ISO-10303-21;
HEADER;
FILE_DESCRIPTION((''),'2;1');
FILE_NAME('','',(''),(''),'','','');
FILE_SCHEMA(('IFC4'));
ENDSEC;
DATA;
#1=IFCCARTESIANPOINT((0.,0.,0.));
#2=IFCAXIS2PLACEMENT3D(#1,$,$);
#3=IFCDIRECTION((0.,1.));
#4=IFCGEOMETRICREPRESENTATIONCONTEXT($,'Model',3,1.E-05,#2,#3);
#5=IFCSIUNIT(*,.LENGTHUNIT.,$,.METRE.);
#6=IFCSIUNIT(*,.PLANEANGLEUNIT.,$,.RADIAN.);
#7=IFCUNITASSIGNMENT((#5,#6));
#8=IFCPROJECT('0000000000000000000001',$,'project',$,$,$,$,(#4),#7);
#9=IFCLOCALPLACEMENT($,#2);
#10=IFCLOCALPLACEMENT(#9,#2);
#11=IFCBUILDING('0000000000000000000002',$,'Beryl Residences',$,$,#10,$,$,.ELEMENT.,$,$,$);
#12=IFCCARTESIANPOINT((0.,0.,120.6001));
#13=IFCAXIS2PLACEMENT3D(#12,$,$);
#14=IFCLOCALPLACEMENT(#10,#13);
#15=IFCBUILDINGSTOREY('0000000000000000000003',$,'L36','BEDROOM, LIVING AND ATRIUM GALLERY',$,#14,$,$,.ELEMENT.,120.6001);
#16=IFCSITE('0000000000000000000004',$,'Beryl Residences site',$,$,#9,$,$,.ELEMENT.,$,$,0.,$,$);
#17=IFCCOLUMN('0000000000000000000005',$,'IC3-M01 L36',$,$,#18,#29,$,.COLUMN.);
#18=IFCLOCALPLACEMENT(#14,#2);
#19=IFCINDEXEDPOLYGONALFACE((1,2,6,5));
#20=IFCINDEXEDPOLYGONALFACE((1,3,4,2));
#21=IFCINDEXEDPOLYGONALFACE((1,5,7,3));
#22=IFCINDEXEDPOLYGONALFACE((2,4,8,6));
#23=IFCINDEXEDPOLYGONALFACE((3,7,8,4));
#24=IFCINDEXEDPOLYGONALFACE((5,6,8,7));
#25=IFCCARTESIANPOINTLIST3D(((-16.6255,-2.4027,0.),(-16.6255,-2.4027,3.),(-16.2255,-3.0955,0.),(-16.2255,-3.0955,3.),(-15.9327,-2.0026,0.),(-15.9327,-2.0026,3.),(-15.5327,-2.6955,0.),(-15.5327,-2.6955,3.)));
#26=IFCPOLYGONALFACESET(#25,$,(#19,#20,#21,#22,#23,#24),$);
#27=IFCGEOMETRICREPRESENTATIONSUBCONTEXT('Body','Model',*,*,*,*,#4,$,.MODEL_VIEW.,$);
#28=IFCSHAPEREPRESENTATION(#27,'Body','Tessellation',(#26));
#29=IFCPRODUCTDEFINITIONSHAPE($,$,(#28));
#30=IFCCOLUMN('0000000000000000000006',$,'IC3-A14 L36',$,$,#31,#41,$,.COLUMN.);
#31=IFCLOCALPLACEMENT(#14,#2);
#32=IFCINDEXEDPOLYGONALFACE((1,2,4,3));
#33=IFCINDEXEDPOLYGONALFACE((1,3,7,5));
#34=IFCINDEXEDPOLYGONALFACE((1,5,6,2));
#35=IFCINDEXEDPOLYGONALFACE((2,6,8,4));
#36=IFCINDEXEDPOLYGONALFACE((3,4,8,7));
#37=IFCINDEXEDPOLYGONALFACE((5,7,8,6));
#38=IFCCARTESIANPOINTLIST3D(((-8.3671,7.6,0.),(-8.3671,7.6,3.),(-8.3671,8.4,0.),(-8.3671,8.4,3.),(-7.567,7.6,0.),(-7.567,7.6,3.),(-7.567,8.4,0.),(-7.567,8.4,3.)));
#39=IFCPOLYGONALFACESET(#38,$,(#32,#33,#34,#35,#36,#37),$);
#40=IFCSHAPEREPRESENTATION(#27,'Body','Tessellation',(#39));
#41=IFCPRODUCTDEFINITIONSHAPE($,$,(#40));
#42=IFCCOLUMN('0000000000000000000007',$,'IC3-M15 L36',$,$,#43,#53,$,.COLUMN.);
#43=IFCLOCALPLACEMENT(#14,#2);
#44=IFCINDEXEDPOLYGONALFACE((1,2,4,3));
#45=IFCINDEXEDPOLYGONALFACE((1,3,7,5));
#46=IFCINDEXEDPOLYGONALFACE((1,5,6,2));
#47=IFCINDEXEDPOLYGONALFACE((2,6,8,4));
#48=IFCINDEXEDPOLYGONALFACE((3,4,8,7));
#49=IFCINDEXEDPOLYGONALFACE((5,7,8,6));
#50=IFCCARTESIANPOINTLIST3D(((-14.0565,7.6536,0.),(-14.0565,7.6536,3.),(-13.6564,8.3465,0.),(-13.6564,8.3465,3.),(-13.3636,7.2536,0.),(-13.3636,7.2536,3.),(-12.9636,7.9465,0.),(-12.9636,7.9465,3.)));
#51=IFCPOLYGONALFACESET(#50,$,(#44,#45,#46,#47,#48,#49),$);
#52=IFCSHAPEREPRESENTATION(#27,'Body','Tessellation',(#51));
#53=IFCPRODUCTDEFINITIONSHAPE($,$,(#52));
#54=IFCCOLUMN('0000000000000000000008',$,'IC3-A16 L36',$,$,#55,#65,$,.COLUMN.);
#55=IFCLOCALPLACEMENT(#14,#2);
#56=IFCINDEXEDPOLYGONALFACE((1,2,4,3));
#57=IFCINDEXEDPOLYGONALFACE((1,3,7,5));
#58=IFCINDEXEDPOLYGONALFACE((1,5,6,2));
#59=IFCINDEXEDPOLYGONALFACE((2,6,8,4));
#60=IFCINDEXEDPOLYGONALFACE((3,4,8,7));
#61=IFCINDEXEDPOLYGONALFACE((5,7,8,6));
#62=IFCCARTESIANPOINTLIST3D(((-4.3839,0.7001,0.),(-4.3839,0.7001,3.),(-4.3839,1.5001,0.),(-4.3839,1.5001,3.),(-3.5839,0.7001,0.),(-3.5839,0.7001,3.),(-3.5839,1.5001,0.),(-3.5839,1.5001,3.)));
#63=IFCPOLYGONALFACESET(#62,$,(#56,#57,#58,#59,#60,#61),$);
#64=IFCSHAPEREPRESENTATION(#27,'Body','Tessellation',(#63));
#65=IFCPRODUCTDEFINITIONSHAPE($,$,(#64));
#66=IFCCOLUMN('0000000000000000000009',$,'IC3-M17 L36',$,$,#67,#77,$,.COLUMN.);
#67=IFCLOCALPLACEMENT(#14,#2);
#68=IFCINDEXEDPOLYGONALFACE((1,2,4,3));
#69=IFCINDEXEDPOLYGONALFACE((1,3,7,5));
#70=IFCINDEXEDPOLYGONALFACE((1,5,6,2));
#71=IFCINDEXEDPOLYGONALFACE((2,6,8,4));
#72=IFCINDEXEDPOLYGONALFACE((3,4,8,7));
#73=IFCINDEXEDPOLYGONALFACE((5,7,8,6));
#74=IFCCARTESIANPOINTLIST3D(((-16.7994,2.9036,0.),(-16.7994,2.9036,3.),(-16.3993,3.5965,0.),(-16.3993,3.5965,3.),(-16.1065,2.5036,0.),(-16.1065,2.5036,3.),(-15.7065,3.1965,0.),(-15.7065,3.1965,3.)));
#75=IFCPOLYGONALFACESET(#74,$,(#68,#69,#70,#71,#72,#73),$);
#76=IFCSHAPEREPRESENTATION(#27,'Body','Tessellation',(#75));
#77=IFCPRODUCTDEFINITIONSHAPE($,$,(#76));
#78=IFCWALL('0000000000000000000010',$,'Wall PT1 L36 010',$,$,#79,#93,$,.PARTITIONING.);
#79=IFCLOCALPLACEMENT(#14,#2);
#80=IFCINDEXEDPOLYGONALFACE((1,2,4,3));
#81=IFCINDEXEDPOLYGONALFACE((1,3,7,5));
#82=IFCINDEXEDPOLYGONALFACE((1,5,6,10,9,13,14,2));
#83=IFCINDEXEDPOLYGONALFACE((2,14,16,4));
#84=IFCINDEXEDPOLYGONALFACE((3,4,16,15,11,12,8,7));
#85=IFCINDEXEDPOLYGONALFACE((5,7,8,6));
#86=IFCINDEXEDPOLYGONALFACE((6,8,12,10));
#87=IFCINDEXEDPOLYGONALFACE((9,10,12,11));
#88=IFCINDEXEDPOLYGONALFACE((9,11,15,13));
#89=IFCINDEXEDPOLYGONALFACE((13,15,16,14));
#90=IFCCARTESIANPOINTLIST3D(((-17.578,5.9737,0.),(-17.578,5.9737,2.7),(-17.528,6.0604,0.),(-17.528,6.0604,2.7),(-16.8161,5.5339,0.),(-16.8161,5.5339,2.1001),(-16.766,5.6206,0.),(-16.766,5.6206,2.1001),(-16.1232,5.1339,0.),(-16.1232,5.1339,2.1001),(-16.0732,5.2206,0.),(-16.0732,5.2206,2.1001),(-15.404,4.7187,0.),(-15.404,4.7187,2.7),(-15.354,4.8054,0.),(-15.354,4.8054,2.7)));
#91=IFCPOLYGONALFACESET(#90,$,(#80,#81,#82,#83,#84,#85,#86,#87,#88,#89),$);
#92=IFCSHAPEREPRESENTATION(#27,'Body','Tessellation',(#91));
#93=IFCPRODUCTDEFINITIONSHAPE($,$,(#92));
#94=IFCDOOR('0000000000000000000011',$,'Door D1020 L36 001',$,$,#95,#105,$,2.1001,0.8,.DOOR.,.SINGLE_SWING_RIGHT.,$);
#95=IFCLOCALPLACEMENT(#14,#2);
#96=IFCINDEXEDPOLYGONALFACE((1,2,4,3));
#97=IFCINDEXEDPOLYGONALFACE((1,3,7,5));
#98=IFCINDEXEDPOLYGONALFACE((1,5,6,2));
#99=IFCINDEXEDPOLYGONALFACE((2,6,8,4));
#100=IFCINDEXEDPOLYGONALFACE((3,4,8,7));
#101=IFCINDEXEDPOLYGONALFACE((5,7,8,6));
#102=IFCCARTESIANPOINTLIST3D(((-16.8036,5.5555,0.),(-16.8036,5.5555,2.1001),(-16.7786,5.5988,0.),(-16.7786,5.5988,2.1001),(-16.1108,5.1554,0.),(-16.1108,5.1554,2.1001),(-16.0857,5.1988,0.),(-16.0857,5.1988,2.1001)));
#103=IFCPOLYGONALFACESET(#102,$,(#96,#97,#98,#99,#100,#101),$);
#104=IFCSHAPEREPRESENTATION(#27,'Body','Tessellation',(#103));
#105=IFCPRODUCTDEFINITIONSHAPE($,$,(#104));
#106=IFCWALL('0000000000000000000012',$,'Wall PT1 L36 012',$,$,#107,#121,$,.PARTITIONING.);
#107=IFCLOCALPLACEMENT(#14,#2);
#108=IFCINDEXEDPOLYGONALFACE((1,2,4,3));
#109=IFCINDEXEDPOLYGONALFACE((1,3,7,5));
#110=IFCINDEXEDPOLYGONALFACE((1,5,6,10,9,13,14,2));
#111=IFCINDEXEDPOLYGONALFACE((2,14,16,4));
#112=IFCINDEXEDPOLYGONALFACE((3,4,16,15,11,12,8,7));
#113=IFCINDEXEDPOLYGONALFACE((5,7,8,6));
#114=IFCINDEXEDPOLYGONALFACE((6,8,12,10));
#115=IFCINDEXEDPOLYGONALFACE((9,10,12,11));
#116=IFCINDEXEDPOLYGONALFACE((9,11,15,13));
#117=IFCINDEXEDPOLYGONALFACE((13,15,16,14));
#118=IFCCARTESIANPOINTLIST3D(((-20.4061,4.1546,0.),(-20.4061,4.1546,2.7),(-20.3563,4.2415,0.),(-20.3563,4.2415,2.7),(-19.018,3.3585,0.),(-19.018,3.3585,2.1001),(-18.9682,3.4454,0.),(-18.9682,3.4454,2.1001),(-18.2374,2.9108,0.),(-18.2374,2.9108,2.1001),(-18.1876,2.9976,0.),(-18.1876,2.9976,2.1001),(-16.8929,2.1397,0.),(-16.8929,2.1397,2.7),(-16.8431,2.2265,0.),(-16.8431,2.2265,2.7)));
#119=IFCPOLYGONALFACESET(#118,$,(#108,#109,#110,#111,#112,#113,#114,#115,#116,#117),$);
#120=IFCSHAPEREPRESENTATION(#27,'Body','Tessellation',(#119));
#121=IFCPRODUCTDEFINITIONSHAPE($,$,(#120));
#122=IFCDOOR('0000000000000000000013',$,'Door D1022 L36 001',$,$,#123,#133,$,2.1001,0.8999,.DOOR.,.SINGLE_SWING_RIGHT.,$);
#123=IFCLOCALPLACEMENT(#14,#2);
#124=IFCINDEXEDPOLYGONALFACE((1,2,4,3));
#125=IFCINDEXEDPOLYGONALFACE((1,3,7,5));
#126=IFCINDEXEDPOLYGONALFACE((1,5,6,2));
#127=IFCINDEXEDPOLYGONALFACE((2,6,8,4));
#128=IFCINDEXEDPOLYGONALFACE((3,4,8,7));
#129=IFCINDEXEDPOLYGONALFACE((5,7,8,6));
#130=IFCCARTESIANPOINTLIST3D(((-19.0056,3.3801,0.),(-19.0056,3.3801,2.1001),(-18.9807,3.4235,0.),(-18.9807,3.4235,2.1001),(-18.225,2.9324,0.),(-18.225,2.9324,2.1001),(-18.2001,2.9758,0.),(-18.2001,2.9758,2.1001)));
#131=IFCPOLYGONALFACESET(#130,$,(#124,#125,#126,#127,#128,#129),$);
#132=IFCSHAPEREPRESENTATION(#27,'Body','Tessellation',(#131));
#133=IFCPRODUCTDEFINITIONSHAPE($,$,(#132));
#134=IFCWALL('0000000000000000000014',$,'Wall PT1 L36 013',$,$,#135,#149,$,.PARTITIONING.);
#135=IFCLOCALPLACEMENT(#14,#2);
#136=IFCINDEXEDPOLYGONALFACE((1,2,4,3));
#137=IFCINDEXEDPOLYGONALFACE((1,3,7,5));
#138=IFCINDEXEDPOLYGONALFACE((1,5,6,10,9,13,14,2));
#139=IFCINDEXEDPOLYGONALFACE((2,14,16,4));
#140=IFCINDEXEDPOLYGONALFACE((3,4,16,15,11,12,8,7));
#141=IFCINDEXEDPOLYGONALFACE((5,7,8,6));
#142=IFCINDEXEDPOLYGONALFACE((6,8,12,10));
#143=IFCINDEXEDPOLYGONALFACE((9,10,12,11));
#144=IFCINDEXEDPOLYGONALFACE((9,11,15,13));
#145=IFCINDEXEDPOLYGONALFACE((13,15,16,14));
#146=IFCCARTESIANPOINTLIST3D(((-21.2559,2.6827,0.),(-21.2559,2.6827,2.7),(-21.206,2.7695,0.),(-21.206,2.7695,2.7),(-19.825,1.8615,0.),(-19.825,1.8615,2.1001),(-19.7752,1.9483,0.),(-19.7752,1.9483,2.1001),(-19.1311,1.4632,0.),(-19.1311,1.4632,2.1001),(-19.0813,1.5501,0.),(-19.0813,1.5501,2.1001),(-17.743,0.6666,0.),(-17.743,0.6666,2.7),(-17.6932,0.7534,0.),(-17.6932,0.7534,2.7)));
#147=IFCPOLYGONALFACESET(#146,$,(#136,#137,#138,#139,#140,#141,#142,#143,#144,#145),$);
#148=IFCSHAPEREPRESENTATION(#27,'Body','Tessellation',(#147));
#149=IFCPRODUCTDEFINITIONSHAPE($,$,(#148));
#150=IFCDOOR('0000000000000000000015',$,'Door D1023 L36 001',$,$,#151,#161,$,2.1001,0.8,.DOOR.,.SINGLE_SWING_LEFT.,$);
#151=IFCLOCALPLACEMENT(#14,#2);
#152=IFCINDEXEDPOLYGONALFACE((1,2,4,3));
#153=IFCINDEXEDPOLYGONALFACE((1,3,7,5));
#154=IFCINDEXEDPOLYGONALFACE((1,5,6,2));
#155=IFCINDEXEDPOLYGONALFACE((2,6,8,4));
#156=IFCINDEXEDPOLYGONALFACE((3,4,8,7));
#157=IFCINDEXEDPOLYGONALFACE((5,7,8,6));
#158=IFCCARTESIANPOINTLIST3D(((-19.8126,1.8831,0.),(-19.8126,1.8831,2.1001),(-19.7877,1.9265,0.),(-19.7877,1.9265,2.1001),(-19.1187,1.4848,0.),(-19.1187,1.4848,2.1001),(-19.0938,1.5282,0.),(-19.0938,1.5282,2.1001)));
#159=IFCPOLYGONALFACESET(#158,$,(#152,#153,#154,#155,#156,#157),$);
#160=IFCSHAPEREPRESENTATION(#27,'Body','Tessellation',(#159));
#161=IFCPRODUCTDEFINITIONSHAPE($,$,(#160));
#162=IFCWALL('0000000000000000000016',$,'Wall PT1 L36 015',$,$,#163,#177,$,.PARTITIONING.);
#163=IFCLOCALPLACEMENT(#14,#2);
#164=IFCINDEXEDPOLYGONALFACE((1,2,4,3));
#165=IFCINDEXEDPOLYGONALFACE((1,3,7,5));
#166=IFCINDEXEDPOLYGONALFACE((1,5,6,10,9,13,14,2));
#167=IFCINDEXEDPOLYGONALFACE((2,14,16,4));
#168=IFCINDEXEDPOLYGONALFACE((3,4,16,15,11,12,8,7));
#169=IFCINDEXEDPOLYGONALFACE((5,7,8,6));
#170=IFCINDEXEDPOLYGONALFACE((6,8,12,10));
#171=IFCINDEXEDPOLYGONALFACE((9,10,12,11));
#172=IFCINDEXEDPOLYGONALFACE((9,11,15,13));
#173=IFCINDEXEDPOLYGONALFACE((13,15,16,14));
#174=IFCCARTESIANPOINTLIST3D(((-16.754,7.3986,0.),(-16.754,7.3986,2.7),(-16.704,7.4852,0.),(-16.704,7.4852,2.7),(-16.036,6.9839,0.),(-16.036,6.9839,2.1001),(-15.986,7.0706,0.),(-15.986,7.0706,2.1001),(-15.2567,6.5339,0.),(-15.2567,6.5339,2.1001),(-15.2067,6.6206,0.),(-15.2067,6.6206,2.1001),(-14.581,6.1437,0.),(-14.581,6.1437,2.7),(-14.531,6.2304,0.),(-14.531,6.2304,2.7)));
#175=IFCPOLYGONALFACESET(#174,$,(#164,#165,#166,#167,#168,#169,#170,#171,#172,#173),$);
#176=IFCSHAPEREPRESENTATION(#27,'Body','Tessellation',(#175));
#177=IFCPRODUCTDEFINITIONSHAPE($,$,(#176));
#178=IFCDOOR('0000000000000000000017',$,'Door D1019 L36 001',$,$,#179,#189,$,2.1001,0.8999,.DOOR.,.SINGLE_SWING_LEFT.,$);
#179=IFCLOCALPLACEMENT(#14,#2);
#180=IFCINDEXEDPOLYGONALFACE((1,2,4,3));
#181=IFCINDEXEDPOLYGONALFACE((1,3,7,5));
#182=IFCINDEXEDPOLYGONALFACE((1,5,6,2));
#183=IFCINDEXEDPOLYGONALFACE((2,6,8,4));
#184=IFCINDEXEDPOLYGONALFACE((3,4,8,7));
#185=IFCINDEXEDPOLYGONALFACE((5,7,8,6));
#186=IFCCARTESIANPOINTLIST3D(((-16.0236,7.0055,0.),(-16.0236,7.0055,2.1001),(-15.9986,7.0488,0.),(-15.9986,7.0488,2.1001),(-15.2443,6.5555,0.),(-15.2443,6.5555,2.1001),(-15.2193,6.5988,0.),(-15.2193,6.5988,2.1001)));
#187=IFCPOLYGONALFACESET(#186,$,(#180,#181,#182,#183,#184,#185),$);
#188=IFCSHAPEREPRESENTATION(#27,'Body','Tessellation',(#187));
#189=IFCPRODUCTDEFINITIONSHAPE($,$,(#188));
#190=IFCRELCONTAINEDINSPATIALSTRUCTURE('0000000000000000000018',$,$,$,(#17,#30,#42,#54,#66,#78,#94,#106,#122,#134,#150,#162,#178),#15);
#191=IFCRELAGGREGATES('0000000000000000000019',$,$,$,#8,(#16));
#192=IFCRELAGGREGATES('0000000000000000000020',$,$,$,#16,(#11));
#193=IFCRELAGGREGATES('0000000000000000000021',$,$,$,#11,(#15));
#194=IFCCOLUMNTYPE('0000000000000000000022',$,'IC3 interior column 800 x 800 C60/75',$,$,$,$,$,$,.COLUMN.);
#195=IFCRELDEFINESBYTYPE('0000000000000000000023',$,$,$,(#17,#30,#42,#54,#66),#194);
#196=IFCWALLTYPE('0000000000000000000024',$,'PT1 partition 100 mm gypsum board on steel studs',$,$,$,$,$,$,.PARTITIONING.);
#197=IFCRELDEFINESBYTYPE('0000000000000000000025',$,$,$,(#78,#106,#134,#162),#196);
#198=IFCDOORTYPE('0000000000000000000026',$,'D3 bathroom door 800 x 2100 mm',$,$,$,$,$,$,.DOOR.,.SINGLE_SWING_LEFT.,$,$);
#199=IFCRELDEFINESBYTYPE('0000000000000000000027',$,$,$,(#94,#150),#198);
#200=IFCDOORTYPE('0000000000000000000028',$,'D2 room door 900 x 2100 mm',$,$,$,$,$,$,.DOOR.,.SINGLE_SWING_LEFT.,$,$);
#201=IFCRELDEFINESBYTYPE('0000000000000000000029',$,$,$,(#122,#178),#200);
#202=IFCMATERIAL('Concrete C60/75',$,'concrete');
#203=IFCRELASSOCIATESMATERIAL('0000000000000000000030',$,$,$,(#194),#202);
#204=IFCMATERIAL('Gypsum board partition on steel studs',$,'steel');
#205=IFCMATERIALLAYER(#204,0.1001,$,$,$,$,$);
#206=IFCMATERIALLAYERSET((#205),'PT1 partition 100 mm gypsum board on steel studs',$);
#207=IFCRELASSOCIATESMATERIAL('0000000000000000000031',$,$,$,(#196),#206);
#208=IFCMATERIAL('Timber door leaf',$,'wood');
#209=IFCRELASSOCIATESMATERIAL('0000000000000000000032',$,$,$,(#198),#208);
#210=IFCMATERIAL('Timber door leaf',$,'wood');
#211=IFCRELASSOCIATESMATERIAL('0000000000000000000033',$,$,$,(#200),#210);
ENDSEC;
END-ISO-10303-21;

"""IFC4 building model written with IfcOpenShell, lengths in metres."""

from ifc_helpers import new_model, si_unit, direction, frame, frame_2d, origin, origin_2d, place, context, subcontext, project, spatial, rectangle, extrude, material, layer, layer_set, material_profile, profile_set, type_object, element, fill, save


model = new_model("IFC4")

# Units and contexts
model_context = context("Model", 3, precision=1e-05, world=origin(), true_north=direction((0.0, 1.0)))
body_context = subcontext(model_context, "Body", "Model", "MODEL_VIEW")
ifc_project = project(units=[si_unit("LENGTHUNIT", "METRE"), si_unit("PLANEANGLEUNIT", "RADIAN")], contexts=[model_context])

# Site, building, storey
site_placement = place(None, origin())
site = spatial("IfcSite", under=ifc_project, at=site_placement, Name="Beryl Residences site", CompositionType="ELEMENT", RefElevation=0.0)
building_placement = place(site_placement, origin())
building = spatial("IfcBuilding", under=site, at=building_placement, Name="Beryl Residences", CompositionType="ELEMENT")
storey_placement = place(building_placement, frame((0.0, 0.0, 120.6001)))
storey = spatial("IfcBuildingStorey", under=building, at=storey_placement, Name="L36", Description="BEDROOM, LIVING AND ATRIUM GALLERY", CompositionType="ELEMENT", Elevation=120.6001)

# Columns
ifc_material_1 = material(Name="Concrete C60/75", Category="concrete")
ifc_material_profile = material_profile(ifc_material_1, rectangle(XDim=0.8, YDim=0.8, at=origin_2d()))
ifc_profile_set = profile_set([ifc_material_profile], Name="Concrete C60/75")
column_type = type_object("IfcColumnType", Name="IC3 interior column 800 x 800 C60/75", PredefinedType="COLUMN", material=ifc_profile_set)
for number, where, z_axis, x_axis, name in (
    (1, (-16.0791, -2.5491, 0.0), (0.0, 0.0, 1.0), (0.5, -0.866025, 0.0), "IC3-M01 L36"),
    (2, (-7.967, 8.0, 0.0), (0.0, 0.0, 1.0), (1.0, 0.0, 0.0), "IC3-A14 L36"),
    (3, (-13.51, 7.8, 0.0), (0.0, 0.0, 1.0), (-0.5, -0.866025, 0.0), "IC3-M15 L36"),
    (4, (-3.9839, 1.1001, 0.0), (0.0, 0.0, 1.0), (1.0, 0.0, 0.0), "IC3-A16 L36"),
    (5, (-16.2529, 3.05, 0.0), (0.0, 0.0, 1.0), (-0.5, -0.866025, 0.0), "IC3-M17 L36"),
):
    element("IfcColumn", number, at=place(storey_placement, frame(where, z_axis=z_axis, x_axis=x_axis)), inside=storey, type_object=column_type, Name=name, PredefinedType="COLUMN", context=body_context, shape_type="SweptSolid", body=[
        extrude(rectangle(XDim=0.8, YDim=0.8, at=origin_2d()), origin(), (0.0, 0.0, 1.0), 3.0),
    ])

# Walls, openings, doors
ifc_material_2 = material(Name="Gypsum board partition on steel studs", Category="steel")
ifc_layer_1 = layer(ifc_material_2, 0.1001)
ifc_layer_set_1 = layer_set([ifc_layer_1], Name="PT1 partition 100 mm gypsum board on steel studs")
wall_type_1 = type_object("IfcWallType", Name="PT1 partition 100 mm gypsum board on steel studs", PredefinedType="PARTITIONING", material=ifc_layer_set_1)
wall_1_placement = place(storey_placement, frame((-17.553, 6.0171, 0.0), z_axis=(0.0, 0.0, 1.0), x_axis=(0.866038, -0.499978, 0.0)))
wall_1 = element("IfcWall", 6, at=wall_1_placement, inside=storey, type_object=wall_type_1, Name="Wall PT1 L36 010", PredefinedType="PARTITIONING", context=body_context, shape_type="SweptSolid", body=[
    extrude(rectangle(XDim=2.5103, YDim=0.1001, at=frame_2d((1.2551, 0.0))), origin(), (0.0, 0.0, 1.0), 2.7),
])
opening_1_placement = place(wall_1_placement, frame((0.8799, 0.0, 0.0)))
opening_1 = element("IfcOpeningElement", 7, at=opening_1_placement, cuts=wall_1, PredefinedType="OPENING", context=body_context, shape_type="SweptSolid", body=[
    extrude(rectangle(XDim=0.8, YDim=2.1001, at=frame_2d((0.3999, 1.05))), frame((0.0, 0.0601, 0.0), z_axis=(0.0, -1.0, 0.0), x_axis=(1.0, 0.0, 0.0)), (0.0, 0.0, 1.0), 0.1201),
])
ifc_material_3 = material(Name="Timber door leaf", Category="wood")
door_type_1 = type_object("IfcDoorType", Name="D3 bathroom door 800 x 2100 mm", OperationType="SINGLE_SWING_LEFT", PredefinedType="DOOR", material=ifc_material_3)
door_1_placement = place(opening_1_placement, origin())
door_1 = element("IfcDoor", 8, at=door_1_placement, inside=storey, type_object=door_type_1, Name="Door D1020 L36 001", OperationType="SINGLE_SWING_RIGHT", OverallHeight=2.1001, OverallWidth=0.8, PredefinedType="DOOR", context=body_context, shape_type="SweptSolid", body=[
    extrude(rectangle(XDim=0.8, YDim=2.1001, at=frame_2d((0.3999, 1.05))), frame((0.0, 0.0249, 0.0), z_axis=(0.0, -1.0, 0.0), x_axis=(1.0, 0.0, 0.0)), (0.0, 0.0, 1.0), 0.05),
])
fill(opening_1, door_1)
wall_2_placement = place(storey_placement, frame((-20.3811, 4.198, 0.0), z_axis=(0.0, 0.0, 1.0), x_axis=(0.867459, -0.497508, 0.0)))
wall_2 = element("IfcWall", 9, at=wall_2_placement, inside=storey, type_object=wall_type_1, Name="Wall PT1 L36 012", PredefinedType="PARTITIONING", context=body_context, shape_type="SweptSolid", body=[
    extrude(rectangle(XDim=4.05, YDim=0.1001, at=frame_2d((2.0249, 0.0))), origin(), (0.0, 0.0, 1.0), 2.7),
])
opening_2_placement = place(wall_2_placement, frame((1.6001, 0.0, 0.0)))
opening_2 = element("IfcOpeningElement", 10, at=opening_2_placement, cuts=wall_2, PredefinedType="OPENING", context=body_context, shape_type="SweptSolid", body=[
    extrude(rectangle(XDim=0.8999, YDim=2.1001, at=frame_2d((0.45, 1.05))), frame((0.0, 0.0601, 0.0), z_axis=(0.0, -1.0, 0.0), x_axis=(1.0, 0.0, 0.0)), (0.0, 0.0, 1.0), 0.1201),
])
ifc_material_4 = material(Name="Timber door leaf", Category="wood")
door_type_2 = type_object("IfcDoorType", Name="D2 room door 900 x 2100 mm", OperationType="SINGLE_SWING_LEFT", PredefinedType="DOOR", material=ifc_material_4)
door_2_placement = place(opening_2_placement, origin())
door_2 = element("IfcDoor", 11, at=door_2_placement, inside=storey, type_object=door_type_2, Name="Door D1022 L36 001", OperationType="SINGLE_SWING_RIGHT", OverallHeight=2.1001, OverallWidth=0.8999, PredefinedType="DOOR", context=body_context, shape_type="SweptSolid", body=[
    extrude(rectangle(XDim=0.8999, YDim=2.1001, at=frame_2d((0.45, 1.05))), frame((0.0, 0.0249, 0.0), z_axis=(0.0, -1.0, 0.0), x_axis=(1.0, 0.0, 0.0)), (0.0, 0.0, 1.0), 0.05),
])
fill(opening_2, door_2)
wall_3_placement = place(storey_placement, frame((-21.231, 2.7261, 0.0), z_axis=(0.0, 0.0, 1.0), x_axis=(0.867314, -0.497761, 0.0)))
wall_3 = element("IfcWall", 12, at=wall_3_placement, inside=storey, type_object=wall_type_1, Name="Wall PT1 L36 013", PredefinedType="PARTITIONING", context=body_context, shape_type="SweptSolid", body=[
    extrude(rectangle(XDim=4.0503, YDim=0.1001, at=frame_2d((2.0251, 0.0))), origin(), (0.0, 0.0, 1.0), 2.7),
])
opening_3_placement = place(wall_3_placement, frame((1.6499, 0.0, 0.0)))
opening_3 = element("IfcOpeningElement", 13, at=opening_3_placement, cuts=wall_3, PredefinedType="OPENING", context=body_context, shape_type="SweptSolid", body=[
    extrude(rectangle(XDim=0.8, YDim=2.1001, at=frame_2d((0.3999, 1.05))), frame((0.0, 0.0601, 0.0), z_axis=(0.0, -1.0, 0.0), x_axis=(1.0, 0.0, 0.0)), (0.0, 0.0, 1.0), 0.1201),
])
door_3_placement = place(opening_3_placement, origin())
door_3 = element("IfcDoor", 14, at=door_3_placement, inside=storey, type_object=door_type_1, Name="Door D1023 L36 001", OperationType="SINGLE_SWING_LEFT", OverallHeight=2.1001, OverallWidth=0.8, PredefinedType="DOOR", context=body_context, shape_type="SweptSolid", body=[
    extrude(rectangle(XDim=0.8, YDim=2.1001, at=frame_2d((0.3999, 1.05))), frame((0.0, 0.0249, 0.0), z_axis=(0.0, -1.0, 0.0), x_axis=(1.0, 0.0, 0.0)), (0.0, 0.0, 1.0), 0.05),
])
fill(opening_3, door_3)
wall_4_placement = place(storey_placement, frame((-16.729, 7.4419, 0.0), z_axis=(0.0, 0.0, 1.0), x_axis=(0.865983, -0.500073, 0.0)))
wall_4 = element("IfcWall", 15, at=wall_4_placement, inside=storey, type_object=wall_type_1, Name="Wall PT1 L36 015", PredefinedType="PARTITIONING", context=body_context, shape_type="SweptSolid", body=[
    extrude(rectangle(XDim=2.5093, YDim=0.1001, at=frame_2d((1.2546, 0.0))), origin(), (0.0, 0.0, 1.0), 2.7),
])
opening_4_placement = place(wall_4_placement, frame((0.8291, 0.0, 0.0)))
opening_4 = element("IfcOpeningElement", 16, at=opening_4_placement, cuts=wall_4, PredefinedType="OPENING", context=body_context, shape_type="SweptSolid", body=[
    extrude(rectangle(XDim=0.8999, YDim=2.1001, at=frame_2d((0.45, 1.05))), frame((0.0, 0.0601, 0.0), z_axis=(0.0, -1.0, 0.0), x_axis=(1.0, 0.0, 0.0)), (0.0, 0.0, 1.0), 0.1201),
])
door_4_placement = place(opening_4_placement, origin())
door_4 = element("IfcDoor", 17, at=door_4_placement, inside=storey, type_object=door_type_2, Name="Door D1019 L36 001", OperationType="SINGLE_SWING_LEFT", OverallHeight=2.1001, OverallWidth=0.8999, PredefinedType="DOOR", context=body_context, shape_type="SweptSolid", body=[
    extrude(rectangle(XDim=0.8999, YDim=2.1001, at=frame_2d((0.45, 1.05))), frame((0.0, 0.0249, 0.0), z_axis=(0.0, -1.0, 0.0), x_axis=(1.0, 0.0, 0.0)), (0.0, 0.0, 1.0), 0.05),
])
fill(opening_4, door_4)

save(model, "model.ifc")
